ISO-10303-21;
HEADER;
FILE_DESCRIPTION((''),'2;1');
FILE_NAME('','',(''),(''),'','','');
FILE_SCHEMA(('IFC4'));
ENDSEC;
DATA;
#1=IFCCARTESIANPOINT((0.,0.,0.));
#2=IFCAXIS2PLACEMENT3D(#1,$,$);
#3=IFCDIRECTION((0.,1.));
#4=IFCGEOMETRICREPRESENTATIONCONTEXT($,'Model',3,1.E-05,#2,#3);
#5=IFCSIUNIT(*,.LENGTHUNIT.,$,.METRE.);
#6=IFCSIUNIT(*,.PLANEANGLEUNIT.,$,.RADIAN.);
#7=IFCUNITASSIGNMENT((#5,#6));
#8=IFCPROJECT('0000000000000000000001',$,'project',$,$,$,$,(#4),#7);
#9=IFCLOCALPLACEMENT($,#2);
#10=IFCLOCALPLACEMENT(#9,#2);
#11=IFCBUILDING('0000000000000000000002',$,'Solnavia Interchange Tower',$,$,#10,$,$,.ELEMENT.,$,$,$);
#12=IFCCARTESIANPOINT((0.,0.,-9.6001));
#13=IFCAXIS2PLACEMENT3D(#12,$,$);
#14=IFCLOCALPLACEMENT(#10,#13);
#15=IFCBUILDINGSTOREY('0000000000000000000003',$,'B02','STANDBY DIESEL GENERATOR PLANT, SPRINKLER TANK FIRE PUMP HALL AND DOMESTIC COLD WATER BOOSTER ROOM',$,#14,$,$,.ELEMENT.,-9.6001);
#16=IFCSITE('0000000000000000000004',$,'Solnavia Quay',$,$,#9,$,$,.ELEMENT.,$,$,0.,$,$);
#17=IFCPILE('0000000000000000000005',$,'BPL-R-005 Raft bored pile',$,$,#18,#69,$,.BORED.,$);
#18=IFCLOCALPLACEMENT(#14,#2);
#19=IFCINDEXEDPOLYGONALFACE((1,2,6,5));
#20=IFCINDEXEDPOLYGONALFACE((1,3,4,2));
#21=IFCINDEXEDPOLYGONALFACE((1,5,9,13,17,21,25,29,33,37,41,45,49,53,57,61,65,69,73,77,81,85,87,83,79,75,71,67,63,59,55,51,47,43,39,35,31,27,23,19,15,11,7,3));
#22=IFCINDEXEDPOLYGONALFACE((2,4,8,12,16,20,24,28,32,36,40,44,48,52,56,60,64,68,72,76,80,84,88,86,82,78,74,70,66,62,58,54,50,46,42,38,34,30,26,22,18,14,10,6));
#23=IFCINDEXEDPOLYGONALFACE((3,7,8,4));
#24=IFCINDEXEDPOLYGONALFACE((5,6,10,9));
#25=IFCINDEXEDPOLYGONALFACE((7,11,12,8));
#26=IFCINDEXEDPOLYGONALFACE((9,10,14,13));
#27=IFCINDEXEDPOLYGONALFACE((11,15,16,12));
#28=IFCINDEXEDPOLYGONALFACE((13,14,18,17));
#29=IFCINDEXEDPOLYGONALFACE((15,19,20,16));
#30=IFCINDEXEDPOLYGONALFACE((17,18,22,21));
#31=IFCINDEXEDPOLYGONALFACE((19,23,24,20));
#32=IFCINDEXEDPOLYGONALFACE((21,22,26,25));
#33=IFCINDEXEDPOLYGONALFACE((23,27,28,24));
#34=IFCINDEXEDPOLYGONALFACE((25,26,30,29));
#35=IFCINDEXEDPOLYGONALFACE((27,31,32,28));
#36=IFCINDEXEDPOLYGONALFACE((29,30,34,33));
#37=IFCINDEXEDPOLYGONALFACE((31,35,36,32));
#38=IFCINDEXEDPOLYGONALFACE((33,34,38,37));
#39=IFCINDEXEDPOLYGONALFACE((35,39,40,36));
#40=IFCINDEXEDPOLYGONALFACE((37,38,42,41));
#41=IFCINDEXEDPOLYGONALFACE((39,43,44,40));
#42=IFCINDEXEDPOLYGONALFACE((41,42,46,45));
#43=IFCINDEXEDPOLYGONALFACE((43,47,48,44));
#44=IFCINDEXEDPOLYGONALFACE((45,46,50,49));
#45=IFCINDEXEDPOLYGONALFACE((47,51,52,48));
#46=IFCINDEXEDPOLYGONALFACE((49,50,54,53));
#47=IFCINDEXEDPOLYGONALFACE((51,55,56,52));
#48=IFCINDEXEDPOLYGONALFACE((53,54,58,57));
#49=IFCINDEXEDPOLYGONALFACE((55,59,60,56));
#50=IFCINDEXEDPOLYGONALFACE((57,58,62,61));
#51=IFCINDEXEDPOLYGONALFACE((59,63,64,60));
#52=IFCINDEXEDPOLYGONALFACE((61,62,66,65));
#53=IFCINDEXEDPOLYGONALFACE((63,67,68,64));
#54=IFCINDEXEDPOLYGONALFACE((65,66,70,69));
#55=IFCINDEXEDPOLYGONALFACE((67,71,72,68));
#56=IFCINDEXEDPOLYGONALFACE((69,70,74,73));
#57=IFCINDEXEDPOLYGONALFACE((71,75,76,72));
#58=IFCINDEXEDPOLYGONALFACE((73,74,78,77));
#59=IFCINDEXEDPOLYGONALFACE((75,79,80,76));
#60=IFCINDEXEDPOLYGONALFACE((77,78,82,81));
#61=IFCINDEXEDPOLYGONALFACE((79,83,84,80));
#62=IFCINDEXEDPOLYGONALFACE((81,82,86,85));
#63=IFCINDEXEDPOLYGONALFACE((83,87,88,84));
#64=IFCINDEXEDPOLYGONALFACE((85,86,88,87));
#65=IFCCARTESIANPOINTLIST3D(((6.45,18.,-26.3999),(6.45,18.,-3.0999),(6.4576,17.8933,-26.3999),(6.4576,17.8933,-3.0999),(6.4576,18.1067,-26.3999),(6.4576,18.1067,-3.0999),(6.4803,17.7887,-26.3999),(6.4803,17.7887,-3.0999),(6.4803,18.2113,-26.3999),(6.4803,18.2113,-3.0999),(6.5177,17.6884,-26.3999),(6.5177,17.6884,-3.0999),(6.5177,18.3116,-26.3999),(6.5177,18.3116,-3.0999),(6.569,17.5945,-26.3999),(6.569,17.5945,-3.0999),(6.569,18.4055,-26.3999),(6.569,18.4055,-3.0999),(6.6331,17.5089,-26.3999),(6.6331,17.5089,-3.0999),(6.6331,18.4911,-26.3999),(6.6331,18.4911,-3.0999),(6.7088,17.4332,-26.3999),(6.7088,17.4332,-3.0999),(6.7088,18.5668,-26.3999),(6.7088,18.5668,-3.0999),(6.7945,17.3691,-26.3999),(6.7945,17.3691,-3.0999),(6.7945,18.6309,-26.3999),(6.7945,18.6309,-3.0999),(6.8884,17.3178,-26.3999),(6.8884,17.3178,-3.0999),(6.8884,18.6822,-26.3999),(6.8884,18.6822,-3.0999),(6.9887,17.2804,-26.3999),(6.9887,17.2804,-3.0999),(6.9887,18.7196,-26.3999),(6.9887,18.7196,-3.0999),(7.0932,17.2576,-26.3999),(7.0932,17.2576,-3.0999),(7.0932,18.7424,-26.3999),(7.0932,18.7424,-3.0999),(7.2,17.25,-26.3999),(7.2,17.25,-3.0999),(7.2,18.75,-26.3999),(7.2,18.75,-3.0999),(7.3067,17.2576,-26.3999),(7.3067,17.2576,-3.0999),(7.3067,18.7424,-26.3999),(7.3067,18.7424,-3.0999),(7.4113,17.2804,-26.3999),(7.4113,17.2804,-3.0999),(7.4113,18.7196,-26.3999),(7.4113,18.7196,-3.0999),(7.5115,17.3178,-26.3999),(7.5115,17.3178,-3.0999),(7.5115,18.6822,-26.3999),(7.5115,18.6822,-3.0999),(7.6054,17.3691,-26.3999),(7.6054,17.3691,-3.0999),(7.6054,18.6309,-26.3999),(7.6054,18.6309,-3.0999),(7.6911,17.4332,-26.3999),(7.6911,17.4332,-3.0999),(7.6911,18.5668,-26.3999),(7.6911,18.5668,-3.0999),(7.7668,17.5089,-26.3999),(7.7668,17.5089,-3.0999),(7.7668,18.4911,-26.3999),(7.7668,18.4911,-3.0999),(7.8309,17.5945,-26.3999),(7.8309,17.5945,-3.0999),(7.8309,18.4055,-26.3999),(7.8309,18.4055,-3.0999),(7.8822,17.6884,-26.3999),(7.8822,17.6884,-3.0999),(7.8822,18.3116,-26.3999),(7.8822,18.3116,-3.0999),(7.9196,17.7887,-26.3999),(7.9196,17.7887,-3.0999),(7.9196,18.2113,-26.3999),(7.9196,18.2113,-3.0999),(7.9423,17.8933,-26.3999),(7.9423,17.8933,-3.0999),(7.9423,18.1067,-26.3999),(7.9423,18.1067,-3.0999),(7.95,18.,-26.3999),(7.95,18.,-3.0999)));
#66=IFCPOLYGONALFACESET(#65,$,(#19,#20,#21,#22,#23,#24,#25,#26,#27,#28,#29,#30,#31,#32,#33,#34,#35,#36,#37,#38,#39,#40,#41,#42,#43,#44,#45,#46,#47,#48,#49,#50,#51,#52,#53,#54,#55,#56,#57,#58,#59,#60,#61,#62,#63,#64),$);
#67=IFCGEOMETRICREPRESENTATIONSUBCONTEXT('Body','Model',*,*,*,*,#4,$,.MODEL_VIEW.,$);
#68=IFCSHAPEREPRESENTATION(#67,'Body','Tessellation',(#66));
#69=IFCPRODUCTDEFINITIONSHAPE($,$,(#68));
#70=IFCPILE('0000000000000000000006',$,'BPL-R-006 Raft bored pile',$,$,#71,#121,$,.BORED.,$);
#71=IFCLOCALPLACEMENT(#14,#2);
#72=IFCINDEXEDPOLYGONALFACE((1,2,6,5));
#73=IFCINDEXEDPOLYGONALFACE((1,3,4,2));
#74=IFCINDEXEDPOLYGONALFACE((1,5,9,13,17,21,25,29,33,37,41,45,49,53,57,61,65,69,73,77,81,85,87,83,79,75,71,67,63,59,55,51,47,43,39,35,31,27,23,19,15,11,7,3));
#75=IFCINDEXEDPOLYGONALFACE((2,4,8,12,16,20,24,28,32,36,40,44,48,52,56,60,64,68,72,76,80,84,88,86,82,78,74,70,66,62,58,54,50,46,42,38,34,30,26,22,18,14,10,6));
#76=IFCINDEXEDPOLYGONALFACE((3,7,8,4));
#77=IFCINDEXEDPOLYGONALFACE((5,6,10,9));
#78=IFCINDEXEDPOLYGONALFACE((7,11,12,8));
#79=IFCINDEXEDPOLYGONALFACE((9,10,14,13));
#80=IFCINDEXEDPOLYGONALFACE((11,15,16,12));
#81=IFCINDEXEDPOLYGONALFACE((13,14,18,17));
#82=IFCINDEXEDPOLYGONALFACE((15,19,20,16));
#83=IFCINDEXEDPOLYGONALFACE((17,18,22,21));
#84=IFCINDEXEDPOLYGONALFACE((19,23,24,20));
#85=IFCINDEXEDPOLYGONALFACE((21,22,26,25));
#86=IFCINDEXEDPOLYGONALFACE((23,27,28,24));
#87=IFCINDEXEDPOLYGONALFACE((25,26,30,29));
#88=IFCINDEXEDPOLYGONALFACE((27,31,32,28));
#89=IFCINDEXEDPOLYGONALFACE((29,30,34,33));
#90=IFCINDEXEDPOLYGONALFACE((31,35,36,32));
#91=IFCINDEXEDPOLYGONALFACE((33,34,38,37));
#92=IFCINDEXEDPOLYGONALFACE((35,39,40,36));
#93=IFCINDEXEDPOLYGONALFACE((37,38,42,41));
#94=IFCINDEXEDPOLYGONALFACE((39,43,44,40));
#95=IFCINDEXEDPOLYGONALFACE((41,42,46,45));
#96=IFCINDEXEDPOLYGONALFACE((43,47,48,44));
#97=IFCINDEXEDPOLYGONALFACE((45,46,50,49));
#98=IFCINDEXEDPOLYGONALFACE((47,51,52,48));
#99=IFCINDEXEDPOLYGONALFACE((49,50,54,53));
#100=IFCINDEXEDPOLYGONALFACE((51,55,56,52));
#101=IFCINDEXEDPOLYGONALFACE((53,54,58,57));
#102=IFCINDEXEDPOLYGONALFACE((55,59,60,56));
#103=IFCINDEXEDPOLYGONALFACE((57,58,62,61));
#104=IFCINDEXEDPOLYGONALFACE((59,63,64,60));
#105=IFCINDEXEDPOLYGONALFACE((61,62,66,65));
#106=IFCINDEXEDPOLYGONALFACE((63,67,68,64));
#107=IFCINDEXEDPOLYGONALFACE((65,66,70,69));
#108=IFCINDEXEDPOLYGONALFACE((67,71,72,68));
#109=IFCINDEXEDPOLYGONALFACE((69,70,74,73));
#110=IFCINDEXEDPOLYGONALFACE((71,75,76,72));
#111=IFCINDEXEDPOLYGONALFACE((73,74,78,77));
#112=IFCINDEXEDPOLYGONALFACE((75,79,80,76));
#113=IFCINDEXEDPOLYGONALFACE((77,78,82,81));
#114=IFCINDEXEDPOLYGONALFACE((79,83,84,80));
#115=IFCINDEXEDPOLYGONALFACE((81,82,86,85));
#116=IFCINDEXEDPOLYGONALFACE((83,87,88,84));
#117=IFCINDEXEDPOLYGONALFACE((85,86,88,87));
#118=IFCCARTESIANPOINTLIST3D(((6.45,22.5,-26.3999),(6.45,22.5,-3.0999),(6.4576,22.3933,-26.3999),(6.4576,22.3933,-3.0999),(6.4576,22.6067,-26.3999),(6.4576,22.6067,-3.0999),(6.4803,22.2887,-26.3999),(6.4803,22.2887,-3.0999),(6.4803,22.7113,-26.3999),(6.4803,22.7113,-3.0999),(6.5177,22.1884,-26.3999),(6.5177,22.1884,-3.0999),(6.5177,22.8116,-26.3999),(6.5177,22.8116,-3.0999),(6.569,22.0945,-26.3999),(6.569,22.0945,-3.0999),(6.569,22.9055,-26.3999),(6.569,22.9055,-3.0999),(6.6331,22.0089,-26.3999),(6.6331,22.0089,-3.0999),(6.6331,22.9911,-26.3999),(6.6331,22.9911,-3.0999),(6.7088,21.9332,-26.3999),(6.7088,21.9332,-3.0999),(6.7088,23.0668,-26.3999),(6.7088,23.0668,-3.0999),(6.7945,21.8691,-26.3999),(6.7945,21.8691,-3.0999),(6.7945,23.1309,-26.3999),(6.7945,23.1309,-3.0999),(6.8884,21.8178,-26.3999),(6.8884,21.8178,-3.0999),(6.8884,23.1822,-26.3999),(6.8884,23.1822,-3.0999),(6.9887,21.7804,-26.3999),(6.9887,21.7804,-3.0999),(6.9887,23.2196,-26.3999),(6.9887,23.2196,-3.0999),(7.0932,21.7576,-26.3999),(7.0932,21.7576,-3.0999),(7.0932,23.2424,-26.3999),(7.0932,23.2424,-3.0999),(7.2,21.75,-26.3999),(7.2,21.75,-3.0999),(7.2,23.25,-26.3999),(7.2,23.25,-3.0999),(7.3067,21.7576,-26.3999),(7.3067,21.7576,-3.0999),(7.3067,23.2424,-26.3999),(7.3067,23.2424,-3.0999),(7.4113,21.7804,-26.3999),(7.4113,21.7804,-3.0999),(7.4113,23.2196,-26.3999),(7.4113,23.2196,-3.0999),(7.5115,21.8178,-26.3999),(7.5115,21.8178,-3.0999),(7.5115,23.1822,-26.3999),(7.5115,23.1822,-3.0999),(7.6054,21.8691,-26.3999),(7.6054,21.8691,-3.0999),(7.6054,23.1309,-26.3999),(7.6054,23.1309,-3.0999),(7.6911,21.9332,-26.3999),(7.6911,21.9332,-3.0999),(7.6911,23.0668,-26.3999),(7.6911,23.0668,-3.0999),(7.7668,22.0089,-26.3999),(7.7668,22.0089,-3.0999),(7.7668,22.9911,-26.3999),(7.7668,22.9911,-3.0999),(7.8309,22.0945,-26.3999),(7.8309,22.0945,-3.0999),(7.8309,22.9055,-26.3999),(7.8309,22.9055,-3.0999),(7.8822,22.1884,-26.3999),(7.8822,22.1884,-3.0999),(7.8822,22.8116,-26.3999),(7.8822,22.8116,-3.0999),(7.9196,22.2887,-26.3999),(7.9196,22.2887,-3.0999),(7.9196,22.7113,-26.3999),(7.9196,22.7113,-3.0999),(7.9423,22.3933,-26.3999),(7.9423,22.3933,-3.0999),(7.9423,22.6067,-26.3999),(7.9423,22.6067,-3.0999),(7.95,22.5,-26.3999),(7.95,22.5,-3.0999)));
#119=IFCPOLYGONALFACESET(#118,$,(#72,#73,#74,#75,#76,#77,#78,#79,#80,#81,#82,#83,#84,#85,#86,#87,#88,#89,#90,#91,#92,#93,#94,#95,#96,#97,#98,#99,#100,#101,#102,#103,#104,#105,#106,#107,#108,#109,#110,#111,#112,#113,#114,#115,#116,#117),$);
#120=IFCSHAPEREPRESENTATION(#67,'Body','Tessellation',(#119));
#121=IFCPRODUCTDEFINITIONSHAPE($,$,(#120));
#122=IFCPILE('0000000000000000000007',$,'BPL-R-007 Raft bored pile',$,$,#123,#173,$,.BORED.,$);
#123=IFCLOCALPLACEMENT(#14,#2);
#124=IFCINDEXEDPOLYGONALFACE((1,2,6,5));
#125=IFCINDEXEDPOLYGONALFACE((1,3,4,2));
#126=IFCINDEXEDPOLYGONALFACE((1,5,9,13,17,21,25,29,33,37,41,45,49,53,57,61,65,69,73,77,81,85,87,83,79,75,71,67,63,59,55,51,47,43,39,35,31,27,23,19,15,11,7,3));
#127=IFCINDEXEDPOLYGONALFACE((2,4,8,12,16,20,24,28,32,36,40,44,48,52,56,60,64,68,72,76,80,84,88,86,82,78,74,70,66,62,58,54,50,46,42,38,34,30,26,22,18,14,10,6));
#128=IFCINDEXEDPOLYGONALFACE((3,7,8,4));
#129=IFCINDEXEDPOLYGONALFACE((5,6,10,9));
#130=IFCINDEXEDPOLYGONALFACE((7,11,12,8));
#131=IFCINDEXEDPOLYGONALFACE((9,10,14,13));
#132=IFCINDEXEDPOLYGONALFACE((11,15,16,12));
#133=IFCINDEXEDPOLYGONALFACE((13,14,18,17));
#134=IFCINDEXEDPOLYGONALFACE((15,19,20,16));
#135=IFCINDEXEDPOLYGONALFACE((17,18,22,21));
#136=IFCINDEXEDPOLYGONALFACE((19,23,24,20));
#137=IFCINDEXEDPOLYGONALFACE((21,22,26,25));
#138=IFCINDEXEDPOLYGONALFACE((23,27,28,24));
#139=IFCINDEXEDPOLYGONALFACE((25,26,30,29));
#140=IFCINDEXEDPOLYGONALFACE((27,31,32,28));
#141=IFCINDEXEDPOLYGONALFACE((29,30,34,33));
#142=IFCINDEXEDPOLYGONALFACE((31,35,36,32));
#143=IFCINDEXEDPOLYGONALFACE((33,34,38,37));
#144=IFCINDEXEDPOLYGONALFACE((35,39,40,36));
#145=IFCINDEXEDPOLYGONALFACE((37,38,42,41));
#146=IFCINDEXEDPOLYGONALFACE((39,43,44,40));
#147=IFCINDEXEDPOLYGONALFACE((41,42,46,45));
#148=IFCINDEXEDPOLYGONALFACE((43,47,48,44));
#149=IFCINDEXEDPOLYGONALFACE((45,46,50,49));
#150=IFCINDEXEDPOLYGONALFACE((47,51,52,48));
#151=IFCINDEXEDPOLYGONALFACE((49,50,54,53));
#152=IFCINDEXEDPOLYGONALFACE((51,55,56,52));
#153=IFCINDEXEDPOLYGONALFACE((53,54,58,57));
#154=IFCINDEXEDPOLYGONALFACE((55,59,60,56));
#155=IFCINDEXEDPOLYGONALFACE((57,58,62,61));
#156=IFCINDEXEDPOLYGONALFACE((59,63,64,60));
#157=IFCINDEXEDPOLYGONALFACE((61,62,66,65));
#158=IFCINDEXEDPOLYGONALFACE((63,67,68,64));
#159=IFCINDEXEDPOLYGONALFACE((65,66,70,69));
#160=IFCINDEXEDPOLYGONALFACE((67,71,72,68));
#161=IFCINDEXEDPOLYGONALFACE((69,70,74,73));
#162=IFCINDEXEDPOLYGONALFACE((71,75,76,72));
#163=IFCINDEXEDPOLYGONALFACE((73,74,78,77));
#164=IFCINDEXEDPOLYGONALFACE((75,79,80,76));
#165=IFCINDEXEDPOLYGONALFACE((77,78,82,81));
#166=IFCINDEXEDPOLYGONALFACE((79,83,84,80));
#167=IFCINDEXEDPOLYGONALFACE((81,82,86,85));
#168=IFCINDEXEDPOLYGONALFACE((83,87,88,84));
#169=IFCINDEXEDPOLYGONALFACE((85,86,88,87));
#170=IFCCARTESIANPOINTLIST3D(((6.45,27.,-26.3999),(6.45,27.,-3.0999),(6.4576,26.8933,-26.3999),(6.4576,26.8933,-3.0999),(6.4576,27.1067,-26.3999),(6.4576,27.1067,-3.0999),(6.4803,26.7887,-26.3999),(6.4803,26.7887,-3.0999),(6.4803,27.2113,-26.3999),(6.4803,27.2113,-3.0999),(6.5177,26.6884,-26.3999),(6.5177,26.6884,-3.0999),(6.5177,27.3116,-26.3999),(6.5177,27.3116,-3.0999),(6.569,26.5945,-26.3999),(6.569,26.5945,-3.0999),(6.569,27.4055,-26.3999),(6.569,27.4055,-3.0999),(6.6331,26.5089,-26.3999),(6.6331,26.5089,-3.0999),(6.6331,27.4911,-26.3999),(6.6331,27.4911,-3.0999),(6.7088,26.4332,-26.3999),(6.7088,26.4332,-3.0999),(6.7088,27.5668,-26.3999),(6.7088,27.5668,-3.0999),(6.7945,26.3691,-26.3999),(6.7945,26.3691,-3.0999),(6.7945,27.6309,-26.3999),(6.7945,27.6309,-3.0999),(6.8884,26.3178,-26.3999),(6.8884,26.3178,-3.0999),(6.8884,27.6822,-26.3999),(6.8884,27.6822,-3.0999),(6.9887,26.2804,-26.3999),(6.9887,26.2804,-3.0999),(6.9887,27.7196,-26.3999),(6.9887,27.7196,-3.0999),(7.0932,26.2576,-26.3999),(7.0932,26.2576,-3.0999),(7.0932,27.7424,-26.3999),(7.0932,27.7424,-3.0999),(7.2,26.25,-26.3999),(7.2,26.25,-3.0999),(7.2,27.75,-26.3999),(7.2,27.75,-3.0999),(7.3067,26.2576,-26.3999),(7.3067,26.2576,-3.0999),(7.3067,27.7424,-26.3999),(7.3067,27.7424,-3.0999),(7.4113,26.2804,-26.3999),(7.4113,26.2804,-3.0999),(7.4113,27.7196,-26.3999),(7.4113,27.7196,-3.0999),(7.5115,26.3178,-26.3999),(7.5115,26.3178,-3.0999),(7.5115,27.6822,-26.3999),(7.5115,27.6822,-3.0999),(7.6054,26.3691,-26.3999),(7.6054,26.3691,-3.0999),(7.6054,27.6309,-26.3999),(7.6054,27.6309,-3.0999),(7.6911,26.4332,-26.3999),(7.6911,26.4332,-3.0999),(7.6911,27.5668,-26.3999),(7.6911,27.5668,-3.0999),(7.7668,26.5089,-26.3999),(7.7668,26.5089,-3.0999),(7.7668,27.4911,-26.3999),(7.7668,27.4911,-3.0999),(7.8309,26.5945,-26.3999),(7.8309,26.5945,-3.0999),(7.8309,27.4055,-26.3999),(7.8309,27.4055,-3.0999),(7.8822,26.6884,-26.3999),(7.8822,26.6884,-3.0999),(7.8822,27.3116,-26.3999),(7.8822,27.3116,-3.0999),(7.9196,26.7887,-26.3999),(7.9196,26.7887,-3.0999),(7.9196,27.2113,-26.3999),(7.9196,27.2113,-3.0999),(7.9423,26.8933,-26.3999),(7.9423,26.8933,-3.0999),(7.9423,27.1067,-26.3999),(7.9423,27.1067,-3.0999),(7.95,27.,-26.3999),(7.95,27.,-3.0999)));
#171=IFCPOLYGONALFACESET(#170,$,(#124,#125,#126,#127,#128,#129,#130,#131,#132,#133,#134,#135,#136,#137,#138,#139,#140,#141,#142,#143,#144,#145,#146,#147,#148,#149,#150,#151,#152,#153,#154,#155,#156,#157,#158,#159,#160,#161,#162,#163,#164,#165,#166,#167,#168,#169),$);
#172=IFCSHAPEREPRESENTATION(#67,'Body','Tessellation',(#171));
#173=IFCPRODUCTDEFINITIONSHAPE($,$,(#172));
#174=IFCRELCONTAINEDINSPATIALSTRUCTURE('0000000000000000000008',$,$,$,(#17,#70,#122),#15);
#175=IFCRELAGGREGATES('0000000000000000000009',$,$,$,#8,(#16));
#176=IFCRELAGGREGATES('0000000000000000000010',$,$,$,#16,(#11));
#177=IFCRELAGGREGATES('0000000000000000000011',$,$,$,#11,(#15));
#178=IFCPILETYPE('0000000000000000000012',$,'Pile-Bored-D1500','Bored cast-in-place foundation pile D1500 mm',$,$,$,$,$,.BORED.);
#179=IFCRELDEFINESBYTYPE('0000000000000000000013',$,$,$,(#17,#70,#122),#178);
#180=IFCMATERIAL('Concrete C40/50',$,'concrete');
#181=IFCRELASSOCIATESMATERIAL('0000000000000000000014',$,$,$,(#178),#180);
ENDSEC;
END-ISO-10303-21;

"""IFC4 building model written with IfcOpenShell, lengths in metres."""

from ifc_helpers import new_model, si_unit, direction, frame, origin, origin_2d, place, context, subcontext, project, spatial, circle, extrude, material, material_profile, profile_set, type_object, element, save


model = new_model("IFC4")

# Units and contexts
model_context = context("Model", 3, precision=1e-05, world=origin(), true_north=direction((0.0, 1.0)))
body_context = subcontext(model_context, "Body", "Model", "MODEL_VIEW")
ifc_project = project(units=[si_unit("LENGTHUNIT", "METRE"), si_unit("PLANEANGLEUNIT", "RADIAN")], contexts=[model_context])

# Site, building, storey
site_placement = place(None, origin())
site = spatial("IfcSite", under=ifc_project, at=site_placement, Name="Solnavia Quay", CompositionType="ELEMENT", RefElevation=0.0)
building_placement = place(site_placement, origin())
building = spatial("IfcBuilding", under=site, at=building_placement, Name="Solnavia Interchange Tower", CompositionType="ELEMENT")
storey_placement = place(building_placement, frame((0.0, 0.0, -9.6001)))
storey = spatial("IfcBuildingStorey", under=building, at=storey_placement, Name="B02", Description="STANDBY DIESEL GENERATOR PLANT, SPRINKLER TANK FIRE PUMP HALL AND DOMESTIC COLD WATER BOOSTER ROOM", CompositionType="ELEMENT", Elevation=-9.6001)

# Shared definitions
ifc_material_1 = material(Name="Concrete C40/50", Category="concrete")

# Piles
ifc_material_profile_1 = material_profile(ifc_material_1, circle(Radius=0.75, at=origin_2d()), Name="PILE D1500")
ifc_profile_set_1 = profile_set([ifc_material_profile_1], Name="Concrete C40/50")
pile_type_1 = type_object("IfcPileType", Name="Pile-Bored-D1500", Description="Bored cast-in-place foundation pile D1500 mm", PredefinedType="BORED", material=ifc_profile_set_1)
for number, where, z_axis, x_axis, name in (
    (1, (7.2, 18.0, -3.0999), (0.0, 0.0, -1.0), (1.0, 0.0, 0.0), "BPL-R-005 Raft bored pile"),
    (2, (7.2, 22.5, -3.0999), (0.0, 0.0, -1.0), (1.0, 0.0, 0.0), "BPL-R-006 Raft bored pile"),
    (3, (7.2, 27.0, -3.0999), (0.0, 0.0, -1.0), (1.0, 0.0, 0.0), "BPL-R-007 Raft bored pile"),
):
    element("IfcPile", number, at=place(storey_placement, frame(where, z_axis=z_axis, x_axis=x_axis)), inside=storey, type_object=pile_type_1, Name=name, PredefinedType="BORED", context=body_context, shape_type="SweptSolid", body=[
        extrude(circle(Radius=0.75, at=origin_2d()), origin(), (0.0, 0.0, 1.0), 23.3),
    ])

save(model, "model.ifc")
